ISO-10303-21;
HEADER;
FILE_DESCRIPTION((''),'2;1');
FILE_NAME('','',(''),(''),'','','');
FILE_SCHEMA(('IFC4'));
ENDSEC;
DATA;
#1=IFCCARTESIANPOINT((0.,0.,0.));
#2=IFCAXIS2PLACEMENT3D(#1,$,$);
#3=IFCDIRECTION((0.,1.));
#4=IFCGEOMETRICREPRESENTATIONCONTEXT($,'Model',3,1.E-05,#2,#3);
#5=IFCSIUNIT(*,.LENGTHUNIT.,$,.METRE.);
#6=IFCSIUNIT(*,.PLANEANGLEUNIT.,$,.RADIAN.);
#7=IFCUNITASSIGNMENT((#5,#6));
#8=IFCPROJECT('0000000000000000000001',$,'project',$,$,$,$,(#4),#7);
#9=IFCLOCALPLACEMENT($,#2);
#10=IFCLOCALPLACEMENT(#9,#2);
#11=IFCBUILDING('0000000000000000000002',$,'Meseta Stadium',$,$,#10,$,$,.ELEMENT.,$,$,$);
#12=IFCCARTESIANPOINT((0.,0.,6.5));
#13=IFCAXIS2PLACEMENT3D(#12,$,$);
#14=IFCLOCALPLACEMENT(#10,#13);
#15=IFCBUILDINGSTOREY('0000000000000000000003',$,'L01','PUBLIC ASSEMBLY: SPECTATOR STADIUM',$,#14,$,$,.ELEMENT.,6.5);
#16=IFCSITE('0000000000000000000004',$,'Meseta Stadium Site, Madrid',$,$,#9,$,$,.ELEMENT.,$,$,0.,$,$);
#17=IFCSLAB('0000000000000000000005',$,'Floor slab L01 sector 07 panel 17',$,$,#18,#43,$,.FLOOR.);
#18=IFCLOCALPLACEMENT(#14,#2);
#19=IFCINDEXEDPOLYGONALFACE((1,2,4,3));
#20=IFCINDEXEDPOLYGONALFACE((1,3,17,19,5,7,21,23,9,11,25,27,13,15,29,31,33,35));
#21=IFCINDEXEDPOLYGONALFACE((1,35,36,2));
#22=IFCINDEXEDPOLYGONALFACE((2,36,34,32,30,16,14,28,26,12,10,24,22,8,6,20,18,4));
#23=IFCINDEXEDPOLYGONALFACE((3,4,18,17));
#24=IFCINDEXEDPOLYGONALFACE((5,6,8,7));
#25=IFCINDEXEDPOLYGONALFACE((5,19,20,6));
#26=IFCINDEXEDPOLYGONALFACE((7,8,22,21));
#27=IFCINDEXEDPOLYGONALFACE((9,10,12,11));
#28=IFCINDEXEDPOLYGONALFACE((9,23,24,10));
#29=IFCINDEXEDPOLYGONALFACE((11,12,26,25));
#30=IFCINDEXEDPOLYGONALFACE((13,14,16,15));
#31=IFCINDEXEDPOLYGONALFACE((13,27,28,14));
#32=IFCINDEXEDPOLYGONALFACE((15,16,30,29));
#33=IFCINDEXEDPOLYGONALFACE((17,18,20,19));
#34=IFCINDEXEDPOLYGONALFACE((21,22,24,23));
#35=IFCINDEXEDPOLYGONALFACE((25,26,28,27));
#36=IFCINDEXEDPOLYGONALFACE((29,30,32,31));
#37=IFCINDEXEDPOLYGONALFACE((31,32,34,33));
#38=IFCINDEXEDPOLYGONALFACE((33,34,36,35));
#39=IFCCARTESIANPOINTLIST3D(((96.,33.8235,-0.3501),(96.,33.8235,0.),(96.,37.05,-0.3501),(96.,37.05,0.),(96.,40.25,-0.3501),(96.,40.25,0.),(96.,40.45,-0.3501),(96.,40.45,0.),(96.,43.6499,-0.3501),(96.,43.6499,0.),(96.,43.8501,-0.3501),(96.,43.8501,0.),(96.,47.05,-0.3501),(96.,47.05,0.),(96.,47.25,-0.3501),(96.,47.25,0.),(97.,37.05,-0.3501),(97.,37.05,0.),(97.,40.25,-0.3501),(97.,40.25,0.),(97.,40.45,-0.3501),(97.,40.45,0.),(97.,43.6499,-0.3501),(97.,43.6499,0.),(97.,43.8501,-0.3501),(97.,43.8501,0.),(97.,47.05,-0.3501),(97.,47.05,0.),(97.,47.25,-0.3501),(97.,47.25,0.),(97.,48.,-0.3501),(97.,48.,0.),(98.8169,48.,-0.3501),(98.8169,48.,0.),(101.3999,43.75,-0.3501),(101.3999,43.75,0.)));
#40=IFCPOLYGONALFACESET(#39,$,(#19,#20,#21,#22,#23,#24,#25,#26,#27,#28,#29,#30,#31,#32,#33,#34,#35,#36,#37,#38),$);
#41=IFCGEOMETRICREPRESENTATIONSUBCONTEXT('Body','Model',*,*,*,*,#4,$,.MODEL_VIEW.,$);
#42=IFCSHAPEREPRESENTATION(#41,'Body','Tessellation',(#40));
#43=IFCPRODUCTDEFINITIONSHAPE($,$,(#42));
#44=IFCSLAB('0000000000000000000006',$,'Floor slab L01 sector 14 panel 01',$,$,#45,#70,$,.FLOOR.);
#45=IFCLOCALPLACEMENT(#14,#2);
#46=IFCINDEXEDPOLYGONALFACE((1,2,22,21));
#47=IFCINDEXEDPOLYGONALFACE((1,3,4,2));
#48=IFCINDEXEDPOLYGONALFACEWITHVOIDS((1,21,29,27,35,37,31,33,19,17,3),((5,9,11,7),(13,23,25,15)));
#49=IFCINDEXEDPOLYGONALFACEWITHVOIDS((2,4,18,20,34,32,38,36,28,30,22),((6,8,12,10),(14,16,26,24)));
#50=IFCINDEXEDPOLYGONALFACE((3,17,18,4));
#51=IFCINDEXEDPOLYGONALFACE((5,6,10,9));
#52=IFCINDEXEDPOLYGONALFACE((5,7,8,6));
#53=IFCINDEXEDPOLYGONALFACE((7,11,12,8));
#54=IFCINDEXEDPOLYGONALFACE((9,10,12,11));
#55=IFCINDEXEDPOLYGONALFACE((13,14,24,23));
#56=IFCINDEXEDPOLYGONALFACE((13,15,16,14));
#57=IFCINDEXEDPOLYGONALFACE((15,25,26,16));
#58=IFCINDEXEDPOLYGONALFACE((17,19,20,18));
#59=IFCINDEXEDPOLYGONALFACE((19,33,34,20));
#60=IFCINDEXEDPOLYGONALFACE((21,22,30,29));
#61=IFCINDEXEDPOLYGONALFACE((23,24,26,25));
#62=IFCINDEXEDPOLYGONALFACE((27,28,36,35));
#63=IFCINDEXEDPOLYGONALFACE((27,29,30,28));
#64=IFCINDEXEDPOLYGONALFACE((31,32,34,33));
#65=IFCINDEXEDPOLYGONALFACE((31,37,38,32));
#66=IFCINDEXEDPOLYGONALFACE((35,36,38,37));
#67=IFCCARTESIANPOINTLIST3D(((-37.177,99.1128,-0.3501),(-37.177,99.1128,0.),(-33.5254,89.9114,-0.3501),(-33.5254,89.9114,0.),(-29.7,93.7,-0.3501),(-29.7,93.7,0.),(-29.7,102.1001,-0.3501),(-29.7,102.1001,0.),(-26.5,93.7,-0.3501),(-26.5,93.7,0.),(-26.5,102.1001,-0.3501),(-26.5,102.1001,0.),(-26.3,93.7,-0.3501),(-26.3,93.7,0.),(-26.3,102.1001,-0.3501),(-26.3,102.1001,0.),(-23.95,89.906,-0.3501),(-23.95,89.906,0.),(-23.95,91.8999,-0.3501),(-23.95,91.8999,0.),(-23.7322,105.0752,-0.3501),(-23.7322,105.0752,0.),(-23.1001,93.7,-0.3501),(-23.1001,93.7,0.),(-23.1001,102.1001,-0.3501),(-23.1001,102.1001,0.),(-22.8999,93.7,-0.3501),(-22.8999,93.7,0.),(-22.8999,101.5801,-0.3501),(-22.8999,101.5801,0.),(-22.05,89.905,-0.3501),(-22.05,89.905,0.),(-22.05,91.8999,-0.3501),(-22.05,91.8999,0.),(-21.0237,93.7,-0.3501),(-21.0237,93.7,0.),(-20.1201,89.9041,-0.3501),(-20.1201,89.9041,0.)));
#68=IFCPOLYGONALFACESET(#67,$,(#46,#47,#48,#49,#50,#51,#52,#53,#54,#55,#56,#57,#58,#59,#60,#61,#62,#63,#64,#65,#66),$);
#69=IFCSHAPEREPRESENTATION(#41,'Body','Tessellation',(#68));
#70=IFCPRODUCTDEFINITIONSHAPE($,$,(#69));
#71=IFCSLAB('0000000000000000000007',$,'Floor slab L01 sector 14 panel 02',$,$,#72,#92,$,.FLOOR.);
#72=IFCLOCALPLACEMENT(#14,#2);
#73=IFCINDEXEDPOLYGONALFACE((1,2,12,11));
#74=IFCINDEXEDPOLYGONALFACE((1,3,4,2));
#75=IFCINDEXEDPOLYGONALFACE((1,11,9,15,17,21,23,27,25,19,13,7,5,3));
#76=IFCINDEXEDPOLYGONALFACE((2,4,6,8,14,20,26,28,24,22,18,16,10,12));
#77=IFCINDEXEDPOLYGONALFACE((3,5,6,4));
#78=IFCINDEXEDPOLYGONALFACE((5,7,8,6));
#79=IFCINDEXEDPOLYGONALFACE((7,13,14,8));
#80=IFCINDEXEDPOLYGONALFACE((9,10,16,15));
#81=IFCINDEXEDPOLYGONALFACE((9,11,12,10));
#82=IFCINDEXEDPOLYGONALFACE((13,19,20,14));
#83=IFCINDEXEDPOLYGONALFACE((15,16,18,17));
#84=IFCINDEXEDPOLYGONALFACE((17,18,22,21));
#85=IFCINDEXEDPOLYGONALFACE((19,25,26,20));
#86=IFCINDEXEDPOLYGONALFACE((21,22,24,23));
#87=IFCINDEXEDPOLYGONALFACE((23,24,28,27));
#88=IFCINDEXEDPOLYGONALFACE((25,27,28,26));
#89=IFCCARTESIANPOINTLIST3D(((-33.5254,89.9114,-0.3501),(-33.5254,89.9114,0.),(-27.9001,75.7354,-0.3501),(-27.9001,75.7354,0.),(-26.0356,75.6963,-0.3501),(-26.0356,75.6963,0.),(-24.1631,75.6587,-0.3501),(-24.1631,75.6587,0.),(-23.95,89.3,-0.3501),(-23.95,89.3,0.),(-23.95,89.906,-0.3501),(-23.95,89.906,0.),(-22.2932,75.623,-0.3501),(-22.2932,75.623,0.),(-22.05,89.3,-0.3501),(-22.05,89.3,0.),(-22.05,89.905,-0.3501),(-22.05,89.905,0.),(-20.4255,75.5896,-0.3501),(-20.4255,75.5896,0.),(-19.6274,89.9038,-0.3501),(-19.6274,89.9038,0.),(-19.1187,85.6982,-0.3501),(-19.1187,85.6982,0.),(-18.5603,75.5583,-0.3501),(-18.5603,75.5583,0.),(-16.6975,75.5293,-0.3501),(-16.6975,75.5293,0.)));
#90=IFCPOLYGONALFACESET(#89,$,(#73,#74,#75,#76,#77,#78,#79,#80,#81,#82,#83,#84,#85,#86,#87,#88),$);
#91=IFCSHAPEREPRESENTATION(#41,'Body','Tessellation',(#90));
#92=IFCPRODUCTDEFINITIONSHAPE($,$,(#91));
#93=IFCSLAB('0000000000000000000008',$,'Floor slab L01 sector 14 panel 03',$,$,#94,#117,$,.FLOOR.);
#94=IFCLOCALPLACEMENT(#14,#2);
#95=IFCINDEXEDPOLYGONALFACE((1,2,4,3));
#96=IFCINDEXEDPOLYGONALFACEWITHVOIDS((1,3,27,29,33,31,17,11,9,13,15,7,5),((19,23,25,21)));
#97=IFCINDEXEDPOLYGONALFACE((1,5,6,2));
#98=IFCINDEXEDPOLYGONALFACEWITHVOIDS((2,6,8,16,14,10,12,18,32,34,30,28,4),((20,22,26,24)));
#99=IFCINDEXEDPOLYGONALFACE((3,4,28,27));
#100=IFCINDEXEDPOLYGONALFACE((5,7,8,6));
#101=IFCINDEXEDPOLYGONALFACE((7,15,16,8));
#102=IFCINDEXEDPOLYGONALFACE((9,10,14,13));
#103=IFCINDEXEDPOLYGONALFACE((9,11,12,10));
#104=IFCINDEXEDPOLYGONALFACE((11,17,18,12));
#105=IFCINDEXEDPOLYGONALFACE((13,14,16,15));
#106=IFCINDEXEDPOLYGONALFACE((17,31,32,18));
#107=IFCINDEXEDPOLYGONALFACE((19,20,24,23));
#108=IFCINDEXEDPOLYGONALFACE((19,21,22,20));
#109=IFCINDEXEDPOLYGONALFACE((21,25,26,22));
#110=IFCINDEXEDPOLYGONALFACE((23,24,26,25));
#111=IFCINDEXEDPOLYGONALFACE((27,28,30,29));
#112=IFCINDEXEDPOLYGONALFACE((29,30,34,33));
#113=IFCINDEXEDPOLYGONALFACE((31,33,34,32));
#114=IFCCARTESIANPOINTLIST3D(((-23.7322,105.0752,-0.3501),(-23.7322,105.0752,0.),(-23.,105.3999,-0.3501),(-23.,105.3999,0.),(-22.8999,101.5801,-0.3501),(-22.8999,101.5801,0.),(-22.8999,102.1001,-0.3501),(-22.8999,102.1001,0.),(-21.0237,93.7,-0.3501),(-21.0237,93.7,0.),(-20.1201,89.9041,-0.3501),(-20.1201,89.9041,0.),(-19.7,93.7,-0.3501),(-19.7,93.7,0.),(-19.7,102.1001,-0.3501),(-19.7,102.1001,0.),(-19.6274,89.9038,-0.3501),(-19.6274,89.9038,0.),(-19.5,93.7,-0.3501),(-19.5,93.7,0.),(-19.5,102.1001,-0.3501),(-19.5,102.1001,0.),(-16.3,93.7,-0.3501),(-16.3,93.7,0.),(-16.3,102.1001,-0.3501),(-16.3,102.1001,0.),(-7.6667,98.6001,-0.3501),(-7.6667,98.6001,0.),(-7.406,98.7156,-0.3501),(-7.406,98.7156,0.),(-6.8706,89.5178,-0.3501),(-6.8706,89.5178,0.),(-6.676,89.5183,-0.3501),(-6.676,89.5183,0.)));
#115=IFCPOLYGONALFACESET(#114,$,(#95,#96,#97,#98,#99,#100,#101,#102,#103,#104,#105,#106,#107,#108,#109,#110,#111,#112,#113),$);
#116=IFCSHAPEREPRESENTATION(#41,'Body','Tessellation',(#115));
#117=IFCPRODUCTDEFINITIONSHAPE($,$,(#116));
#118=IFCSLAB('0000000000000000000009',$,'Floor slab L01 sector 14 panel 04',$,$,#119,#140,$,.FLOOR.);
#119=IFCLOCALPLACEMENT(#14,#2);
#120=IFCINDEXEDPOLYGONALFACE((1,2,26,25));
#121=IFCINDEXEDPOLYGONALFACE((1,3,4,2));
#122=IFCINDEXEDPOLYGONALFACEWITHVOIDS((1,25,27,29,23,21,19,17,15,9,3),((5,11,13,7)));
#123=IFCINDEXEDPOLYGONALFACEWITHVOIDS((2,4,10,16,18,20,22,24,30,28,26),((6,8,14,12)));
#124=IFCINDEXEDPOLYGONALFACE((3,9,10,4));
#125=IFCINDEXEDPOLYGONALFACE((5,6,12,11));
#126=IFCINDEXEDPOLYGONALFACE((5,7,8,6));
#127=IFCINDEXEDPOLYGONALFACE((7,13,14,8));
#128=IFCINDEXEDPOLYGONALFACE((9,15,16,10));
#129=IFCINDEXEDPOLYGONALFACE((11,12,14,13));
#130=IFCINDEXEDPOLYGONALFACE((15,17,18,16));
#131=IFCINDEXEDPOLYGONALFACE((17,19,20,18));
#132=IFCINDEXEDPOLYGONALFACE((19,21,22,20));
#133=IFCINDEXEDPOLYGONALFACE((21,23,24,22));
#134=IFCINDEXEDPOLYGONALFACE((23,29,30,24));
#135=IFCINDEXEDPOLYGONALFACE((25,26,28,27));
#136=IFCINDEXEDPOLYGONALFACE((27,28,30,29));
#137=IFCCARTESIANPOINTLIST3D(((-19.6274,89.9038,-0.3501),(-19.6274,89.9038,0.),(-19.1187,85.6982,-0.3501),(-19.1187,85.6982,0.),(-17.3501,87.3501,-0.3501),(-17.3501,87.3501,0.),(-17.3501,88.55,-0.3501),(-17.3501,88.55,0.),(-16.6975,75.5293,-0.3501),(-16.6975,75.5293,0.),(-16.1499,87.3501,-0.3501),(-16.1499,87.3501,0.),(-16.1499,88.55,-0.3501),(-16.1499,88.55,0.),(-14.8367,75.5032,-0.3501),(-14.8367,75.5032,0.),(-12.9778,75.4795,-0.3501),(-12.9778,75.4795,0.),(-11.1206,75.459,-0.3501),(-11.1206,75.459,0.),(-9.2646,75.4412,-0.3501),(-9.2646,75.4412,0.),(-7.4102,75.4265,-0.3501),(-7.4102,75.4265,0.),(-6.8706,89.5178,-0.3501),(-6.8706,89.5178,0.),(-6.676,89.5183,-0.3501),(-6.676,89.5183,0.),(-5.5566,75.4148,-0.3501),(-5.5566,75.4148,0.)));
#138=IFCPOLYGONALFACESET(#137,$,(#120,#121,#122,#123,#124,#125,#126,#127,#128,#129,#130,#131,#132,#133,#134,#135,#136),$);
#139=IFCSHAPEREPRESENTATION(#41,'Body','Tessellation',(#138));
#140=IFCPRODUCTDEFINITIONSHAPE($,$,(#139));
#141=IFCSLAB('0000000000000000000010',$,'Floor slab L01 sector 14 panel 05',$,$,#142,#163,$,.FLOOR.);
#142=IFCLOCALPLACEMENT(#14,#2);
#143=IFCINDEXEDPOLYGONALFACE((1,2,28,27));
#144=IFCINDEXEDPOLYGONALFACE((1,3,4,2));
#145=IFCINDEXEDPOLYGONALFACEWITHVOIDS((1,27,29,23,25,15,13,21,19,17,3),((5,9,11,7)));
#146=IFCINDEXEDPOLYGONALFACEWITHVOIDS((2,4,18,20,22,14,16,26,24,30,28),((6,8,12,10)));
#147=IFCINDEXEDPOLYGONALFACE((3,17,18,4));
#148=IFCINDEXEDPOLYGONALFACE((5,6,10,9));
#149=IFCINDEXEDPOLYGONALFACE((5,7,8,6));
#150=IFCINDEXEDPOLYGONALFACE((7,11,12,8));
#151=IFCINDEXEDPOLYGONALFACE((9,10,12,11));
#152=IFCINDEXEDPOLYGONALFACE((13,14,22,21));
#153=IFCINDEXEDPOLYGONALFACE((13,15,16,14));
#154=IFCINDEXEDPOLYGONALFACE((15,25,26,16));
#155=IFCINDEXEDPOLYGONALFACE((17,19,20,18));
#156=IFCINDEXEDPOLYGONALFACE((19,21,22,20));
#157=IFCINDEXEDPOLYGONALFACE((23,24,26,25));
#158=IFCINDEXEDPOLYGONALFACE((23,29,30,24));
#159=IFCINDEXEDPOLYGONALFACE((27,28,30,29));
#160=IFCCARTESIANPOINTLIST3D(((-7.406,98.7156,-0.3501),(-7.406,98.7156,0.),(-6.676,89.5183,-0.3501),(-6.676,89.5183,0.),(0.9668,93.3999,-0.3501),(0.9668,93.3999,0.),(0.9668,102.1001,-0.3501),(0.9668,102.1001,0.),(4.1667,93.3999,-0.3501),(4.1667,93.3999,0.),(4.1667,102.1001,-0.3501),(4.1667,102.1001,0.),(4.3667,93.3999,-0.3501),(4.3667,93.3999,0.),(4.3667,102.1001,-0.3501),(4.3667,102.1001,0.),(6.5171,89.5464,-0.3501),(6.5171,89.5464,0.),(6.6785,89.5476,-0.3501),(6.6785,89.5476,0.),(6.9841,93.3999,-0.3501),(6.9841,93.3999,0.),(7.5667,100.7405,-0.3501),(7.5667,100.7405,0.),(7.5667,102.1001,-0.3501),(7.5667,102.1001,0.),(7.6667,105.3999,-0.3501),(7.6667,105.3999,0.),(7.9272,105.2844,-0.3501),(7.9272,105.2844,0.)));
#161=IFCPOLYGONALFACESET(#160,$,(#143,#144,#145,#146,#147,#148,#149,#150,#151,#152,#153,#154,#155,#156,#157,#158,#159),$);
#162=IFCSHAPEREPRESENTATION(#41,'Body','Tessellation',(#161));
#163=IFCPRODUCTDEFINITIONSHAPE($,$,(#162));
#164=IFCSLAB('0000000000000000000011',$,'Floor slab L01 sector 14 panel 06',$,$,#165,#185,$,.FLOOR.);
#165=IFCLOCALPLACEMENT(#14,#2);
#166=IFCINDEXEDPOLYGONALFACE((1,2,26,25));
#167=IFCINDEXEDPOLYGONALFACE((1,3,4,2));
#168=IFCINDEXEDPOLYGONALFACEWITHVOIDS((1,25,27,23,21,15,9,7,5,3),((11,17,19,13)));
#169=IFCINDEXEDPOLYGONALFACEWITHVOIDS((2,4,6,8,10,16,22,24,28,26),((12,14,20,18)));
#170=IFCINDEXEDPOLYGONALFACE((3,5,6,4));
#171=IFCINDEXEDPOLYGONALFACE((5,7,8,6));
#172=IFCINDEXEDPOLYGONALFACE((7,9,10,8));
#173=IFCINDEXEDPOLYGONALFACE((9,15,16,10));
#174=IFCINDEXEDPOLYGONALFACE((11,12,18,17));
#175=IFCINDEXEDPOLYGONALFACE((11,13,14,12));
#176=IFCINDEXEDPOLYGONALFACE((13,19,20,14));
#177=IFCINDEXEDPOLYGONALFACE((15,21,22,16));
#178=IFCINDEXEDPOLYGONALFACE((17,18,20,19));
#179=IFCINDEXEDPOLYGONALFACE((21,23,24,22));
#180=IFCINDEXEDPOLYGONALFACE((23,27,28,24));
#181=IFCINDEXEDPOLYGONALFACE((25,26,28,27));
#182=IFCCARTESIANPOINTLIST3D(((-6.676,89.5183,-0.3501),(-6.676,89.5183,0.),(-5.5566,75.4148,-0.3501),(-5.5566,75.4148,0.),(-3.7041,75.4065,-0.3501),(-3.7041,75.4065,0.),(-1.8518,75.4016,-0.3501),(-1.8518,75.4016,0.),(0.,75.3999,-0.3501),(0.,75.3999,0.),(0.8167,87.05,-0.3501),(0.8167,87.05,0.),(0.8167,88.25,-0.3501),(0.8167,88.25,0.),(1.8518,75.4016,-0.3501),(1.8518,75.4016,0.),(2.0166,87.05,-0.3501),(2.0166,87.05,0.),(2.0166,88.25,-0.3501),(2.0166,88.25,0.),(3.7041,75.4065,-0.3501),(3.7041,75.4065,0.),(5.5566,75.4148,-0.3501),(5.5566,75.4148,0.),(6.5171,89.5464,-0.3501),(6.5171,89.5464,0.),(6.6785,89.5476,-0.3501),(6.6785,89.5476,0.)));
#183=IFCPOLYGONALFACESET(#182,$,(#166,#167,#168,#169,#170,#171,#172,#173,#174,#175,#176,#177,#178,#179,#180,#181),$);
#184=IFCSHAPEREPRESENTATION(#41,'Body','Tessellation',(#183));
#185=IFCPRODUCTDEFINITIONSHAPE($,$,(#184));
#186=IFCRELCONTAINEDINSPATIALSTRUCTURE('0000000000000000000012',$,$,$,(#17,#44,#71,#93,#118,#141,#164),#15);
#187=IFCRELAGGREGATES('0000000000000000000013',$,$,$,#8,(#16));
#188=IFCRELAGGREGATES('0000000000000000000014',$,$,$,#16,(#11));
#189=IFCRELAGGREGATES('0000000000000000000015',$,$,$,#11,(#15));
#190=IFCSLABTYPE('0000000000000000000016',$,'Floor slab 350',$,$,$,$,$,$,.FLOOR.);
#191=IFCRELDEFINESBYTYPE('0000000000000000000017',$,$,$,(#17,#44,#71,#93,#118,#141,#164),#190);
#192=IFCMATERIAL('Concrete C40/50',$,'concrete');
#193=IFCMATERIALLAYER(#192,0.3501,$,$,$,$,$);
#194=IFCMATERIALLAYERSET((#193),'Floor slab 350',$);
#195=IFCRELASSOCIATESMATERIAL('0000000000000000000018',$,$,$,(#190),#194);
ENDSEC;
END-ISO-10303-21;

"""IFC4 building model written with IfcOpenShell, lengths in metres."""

from ifc_helpers import new_model, si_unit, direction, frame, origin, place, context, subcontext, project, spatial, polyline, outline, extrude, material, layer, layer_set, type_object, element, save


model = new_model("IFC4")

# Units and contexts
model_context = context("Model", 3, precision=1e-05, world=origin(), true_north=direction((0.0, 1.0)))
body_context = subcontext(model_context, "Body", "Model", "MODEL_VIEW")
ifc_project = project(units=[si_unit("LENGTHUNIT", "METRE"), si_unit("PLANEANGLEUNIT", "RADIAN")], contexts=[model_context])

# Site, building, storey
site_placement = place(None, origin())
site = spatial("IfcSite", under=ifc_project, at=site_placement, Name="Meseta Stadium Site, Madrid", CompositionType="ELEMENT", RefElevation=0.0)
building_placement = place(site_placement, origin())
building = spatial("IfcBuilding", under=site, at=building_placement, Name="Meseta Stadium", CompositionType="ELEMENT")
storey_placement = place(building_placement, frame((0.0, 0.0, 6.5)))
storey = spatial("IfcBuildingStorey", under=building, at=storey_placement, Name="L01", Description="PUBLIC ASSEMBLY: SPECTATOR STADIUM", CompositionType="ELEMENT", Elevation=6.5)

# Slabs
ifc_material = material(Name="Concrete C40/50", Category="concrete")
ifc_layer = layer(ifc_material, 0.3501)
ifc_layer_set = layer_set([ifc_layer], Name="Floor slab 350")
slab_type = type_object("IfcSlabType", Name="Floor slab 350", PredefinedType="FLOOR", material=ifc_layer_set)
slab_1_placement = place(storey_placement, frame((0.0, 0.0, -0.3501)))
element("IfcSlab", 1, at=slab_1_placement, inside=storey, type_object=slab_type, Name="Floor slab L01 sector 07 panel 17", PredefinedType="FLOOR", context=body_context, shape_type="SweptSolid", body=[
    extrude(outline(polyline([(96.0, 40.25), (97.0, 40.25), (97.0, 37.05), (96.0, 37.05), (96.0, 33.8235), (101.3999, 43.75), (98.8169, 48.0), (97.0, 48.0), (97.0, 47.25), (96.0, 47.25), (96.0, 47.05), (97.0, 47.05), (97.0, 43.8501), (96.0, 43.8501), (96.0, 43.6499), (97.0, 43.6499), (97.0, 40.45), (96.0, 40.45), (96.0, 40.25)])), origin(), (0.0, 0.0, 1.0), 0.3501),
])
slab_2_placement = place(storey_placement, frame((0.0, 0.0, -0.3501)))
element("IfcSlab", 2, at=slab_2_placement, inside=storey, type_object=slab_type, Name="Floor slab L01 sector 14 panel 01", PredefinedType="FLOOR", context=body_context, shape_type="SweptSolid", body=[
    extrude(outline(polyline([(-23.7322, 105.0752), (-37.177, 99.1128), (-33.5254, 89.9114), (-23.95, 89.906), (-23.95, 91.8999), (-22.05, 91.8999), (-22.05, 89.905), (-20.1201, 89.9041), (-21.0237, 93.7), (-22.8999, 93.7), (-22.8999, 101.5801), (-23.7322, 105.0752)]), holes=[polyline([(-26.3, 93.7), (-26.3, 102.1001), (-23.1001, 102.1001), (-23.1001, 93.7), (-26.3, 93.7)]), polyline([(-29.7, 93.7), (-29.7, 102.1001), (-26.5, 102.1001), (-26.5, 93.7), (-29.7, 93.7)])]), origin(), (0.0, 0.0, 1.0), 0.3501),
])
slab_3_placement = place(storey_placement, frame((0.0, 0.0, -0.3501)))
element("IfcSlab", 3, at=slab_3_placement, inside=storey, type_object=slab_type, Name="Floor slab L01 sector 14 panel 02", PredefinedType="FLOOR", context=body_context, shape_type="SweptSolid", body=[
    extrude(outline(polyline([(-33.5254, 89.9114), (-27.9001, 75.7354), (-26.0356, 75.6963), (-24.1631, 75.6587), (-22.2932, 75.623), (-20.4255, 75.5896), (-18.5603, 75.5583), (-16.6975, 75.5293), (-19.1187, 85.6982), (-19.6274, 89.9038), (-22.05, 89.905), (-22.05, 89.3), (-23.95, 89.3), (-23.95, 89.906), (-33.5254, 89.9114)])), origin(), (0.0, 0.0, 1.0), 0.3501),
])
slab_4_placement = place(storey_placement, frame((0.0, 0.0, -0.3501)))
element("IfcSlab", 4, at=slab_4_placement, inside=storey, type_object=slab_type, Name="Floor slab L01 sector 14 panel 03", PredefinedType="FLOOR", context=body_context, shape_type="SweptSolid", body=[
    extrude(outline(polyline([(-21.0237, 93.7), (-20.1201, 89.9041), (-19.6274, 89.9038), (-6.8706, 89.5178), (-6.676, 89.5183), (-7.406, 98.7156), (-7.6667, 98.6001), (-23.0, 105.3999), (-23.7322, 105.0752), (-22.8999, 101.5801), (-22.8999, 102.1001), (-19.7, 102.1001), (-19.7, 93.7), (-21.0237, 93.7)]), holes=[polyline([(-19.5, 102.1001), (-16.3, 102.1001), (-16.3, 93.7), (-19.5, 93.7), (-19.5, 102.1001)])]), origin(), (0.0, 0.0, 1.0), 0.3501),
])
slab_5_placement = place(storey_placement, frame((0.0, 0.0, -0.3501)))
element("IfcSlab", 5, at=slab_5_placement, inside=storey, type_object=slab_type, Name="Floor slab L01 sector 14 panel 04", PredefinedType="FLOOR", context=body_context, shape_type="SweptSolid", body=[
    extrude(outline(polyline([(-6.676, 89.5183), (-6.8706, 89.5178), (-19.6274, 89.9038), (-19.1187, 85.6982), (-16.6975, 75.5293), (-14.8367, 75.5032), (-12.9778, 75.4795), (-11.1206, 75.459), (-9.2646, 75.4412), (-7.4102, 75.4265), (-5.5566, 75.4148), (-6.676, 89.5183)]), holes=[polyline([(-16.1499, 87.3501), (-17.3501, 87.3501), (-17.3501, 88.55), (-16.1499, 88.55), (-16.1499, 87.3501)])]), origin(), (0.0, 0.0, 1.0), 0.3501),
])
slab_6_placement = place(storey_placement, frame((0.0, 0.0, -0.3501)))
element("IfcSlab", 6, at=slab_6_placement, inside=storey, type_object=slab_type, Name="Floor slab L01 sector 14 panel 05", PredefinedType="FLOOR", context=body_context, shape_type="SweptSolid", body=[
    extrude(outline(polyline([(7.9272, 105.2844), (7.6667, 105.3999), (-7.406, 98.7156), (-6.676, 89.5183), (6.5171, 89.5464), (6.6785, 89.5476), (6.9841, 93.3999), (4.3667, 93.3999), (4.3667, 102.1001), (7.5667, 102.1001), (7.5667, 100.7405), (7.9272, 105.2844)]), holes=[polyline([(4.1667, 93.3999), (0.9668, 93.3999), (0.9668, 102.1001), (4.1667, 102.1001), (4.1667, 93.3999)])]), origin(), (0.0, 0.0, 1.0), 0.3501),
])
slab_7_placement = place(storey_placement, frame((0.0, 0.0, -0.3501)))
element("IfcSlab", 7, at=slab_7_placement, inside=storey, type_object=slab_type, Name="Floor slab L01 sector 14 panel 06", PredefinedType="FLOOR", context=body_context, shape_type="SweptSolid", body=[
    extrude(outline(polyline([(5.5566, 75.4148), (6.6785, 89.5476), (6.5171, 89.5464), (-6.676, 89.5183), (-5.5566, 75.4148), (-3.7041, 75.4065), (-1.8518, 75.4016), (0.0, 75.3999), (1.8518, 75.4016), (3.7041, 75.4065), (5.5566, 75.4148)]), holes=[polyline([(2.0166, 88.25), (2.0166, 87.05), (0.8167, 87.05), (0.8167, 88.25), (2.0166, 88.25)])]), origin(), (0.0, 0.0, 1.0), 0.3501),
])

save(model, "model.ifc")
